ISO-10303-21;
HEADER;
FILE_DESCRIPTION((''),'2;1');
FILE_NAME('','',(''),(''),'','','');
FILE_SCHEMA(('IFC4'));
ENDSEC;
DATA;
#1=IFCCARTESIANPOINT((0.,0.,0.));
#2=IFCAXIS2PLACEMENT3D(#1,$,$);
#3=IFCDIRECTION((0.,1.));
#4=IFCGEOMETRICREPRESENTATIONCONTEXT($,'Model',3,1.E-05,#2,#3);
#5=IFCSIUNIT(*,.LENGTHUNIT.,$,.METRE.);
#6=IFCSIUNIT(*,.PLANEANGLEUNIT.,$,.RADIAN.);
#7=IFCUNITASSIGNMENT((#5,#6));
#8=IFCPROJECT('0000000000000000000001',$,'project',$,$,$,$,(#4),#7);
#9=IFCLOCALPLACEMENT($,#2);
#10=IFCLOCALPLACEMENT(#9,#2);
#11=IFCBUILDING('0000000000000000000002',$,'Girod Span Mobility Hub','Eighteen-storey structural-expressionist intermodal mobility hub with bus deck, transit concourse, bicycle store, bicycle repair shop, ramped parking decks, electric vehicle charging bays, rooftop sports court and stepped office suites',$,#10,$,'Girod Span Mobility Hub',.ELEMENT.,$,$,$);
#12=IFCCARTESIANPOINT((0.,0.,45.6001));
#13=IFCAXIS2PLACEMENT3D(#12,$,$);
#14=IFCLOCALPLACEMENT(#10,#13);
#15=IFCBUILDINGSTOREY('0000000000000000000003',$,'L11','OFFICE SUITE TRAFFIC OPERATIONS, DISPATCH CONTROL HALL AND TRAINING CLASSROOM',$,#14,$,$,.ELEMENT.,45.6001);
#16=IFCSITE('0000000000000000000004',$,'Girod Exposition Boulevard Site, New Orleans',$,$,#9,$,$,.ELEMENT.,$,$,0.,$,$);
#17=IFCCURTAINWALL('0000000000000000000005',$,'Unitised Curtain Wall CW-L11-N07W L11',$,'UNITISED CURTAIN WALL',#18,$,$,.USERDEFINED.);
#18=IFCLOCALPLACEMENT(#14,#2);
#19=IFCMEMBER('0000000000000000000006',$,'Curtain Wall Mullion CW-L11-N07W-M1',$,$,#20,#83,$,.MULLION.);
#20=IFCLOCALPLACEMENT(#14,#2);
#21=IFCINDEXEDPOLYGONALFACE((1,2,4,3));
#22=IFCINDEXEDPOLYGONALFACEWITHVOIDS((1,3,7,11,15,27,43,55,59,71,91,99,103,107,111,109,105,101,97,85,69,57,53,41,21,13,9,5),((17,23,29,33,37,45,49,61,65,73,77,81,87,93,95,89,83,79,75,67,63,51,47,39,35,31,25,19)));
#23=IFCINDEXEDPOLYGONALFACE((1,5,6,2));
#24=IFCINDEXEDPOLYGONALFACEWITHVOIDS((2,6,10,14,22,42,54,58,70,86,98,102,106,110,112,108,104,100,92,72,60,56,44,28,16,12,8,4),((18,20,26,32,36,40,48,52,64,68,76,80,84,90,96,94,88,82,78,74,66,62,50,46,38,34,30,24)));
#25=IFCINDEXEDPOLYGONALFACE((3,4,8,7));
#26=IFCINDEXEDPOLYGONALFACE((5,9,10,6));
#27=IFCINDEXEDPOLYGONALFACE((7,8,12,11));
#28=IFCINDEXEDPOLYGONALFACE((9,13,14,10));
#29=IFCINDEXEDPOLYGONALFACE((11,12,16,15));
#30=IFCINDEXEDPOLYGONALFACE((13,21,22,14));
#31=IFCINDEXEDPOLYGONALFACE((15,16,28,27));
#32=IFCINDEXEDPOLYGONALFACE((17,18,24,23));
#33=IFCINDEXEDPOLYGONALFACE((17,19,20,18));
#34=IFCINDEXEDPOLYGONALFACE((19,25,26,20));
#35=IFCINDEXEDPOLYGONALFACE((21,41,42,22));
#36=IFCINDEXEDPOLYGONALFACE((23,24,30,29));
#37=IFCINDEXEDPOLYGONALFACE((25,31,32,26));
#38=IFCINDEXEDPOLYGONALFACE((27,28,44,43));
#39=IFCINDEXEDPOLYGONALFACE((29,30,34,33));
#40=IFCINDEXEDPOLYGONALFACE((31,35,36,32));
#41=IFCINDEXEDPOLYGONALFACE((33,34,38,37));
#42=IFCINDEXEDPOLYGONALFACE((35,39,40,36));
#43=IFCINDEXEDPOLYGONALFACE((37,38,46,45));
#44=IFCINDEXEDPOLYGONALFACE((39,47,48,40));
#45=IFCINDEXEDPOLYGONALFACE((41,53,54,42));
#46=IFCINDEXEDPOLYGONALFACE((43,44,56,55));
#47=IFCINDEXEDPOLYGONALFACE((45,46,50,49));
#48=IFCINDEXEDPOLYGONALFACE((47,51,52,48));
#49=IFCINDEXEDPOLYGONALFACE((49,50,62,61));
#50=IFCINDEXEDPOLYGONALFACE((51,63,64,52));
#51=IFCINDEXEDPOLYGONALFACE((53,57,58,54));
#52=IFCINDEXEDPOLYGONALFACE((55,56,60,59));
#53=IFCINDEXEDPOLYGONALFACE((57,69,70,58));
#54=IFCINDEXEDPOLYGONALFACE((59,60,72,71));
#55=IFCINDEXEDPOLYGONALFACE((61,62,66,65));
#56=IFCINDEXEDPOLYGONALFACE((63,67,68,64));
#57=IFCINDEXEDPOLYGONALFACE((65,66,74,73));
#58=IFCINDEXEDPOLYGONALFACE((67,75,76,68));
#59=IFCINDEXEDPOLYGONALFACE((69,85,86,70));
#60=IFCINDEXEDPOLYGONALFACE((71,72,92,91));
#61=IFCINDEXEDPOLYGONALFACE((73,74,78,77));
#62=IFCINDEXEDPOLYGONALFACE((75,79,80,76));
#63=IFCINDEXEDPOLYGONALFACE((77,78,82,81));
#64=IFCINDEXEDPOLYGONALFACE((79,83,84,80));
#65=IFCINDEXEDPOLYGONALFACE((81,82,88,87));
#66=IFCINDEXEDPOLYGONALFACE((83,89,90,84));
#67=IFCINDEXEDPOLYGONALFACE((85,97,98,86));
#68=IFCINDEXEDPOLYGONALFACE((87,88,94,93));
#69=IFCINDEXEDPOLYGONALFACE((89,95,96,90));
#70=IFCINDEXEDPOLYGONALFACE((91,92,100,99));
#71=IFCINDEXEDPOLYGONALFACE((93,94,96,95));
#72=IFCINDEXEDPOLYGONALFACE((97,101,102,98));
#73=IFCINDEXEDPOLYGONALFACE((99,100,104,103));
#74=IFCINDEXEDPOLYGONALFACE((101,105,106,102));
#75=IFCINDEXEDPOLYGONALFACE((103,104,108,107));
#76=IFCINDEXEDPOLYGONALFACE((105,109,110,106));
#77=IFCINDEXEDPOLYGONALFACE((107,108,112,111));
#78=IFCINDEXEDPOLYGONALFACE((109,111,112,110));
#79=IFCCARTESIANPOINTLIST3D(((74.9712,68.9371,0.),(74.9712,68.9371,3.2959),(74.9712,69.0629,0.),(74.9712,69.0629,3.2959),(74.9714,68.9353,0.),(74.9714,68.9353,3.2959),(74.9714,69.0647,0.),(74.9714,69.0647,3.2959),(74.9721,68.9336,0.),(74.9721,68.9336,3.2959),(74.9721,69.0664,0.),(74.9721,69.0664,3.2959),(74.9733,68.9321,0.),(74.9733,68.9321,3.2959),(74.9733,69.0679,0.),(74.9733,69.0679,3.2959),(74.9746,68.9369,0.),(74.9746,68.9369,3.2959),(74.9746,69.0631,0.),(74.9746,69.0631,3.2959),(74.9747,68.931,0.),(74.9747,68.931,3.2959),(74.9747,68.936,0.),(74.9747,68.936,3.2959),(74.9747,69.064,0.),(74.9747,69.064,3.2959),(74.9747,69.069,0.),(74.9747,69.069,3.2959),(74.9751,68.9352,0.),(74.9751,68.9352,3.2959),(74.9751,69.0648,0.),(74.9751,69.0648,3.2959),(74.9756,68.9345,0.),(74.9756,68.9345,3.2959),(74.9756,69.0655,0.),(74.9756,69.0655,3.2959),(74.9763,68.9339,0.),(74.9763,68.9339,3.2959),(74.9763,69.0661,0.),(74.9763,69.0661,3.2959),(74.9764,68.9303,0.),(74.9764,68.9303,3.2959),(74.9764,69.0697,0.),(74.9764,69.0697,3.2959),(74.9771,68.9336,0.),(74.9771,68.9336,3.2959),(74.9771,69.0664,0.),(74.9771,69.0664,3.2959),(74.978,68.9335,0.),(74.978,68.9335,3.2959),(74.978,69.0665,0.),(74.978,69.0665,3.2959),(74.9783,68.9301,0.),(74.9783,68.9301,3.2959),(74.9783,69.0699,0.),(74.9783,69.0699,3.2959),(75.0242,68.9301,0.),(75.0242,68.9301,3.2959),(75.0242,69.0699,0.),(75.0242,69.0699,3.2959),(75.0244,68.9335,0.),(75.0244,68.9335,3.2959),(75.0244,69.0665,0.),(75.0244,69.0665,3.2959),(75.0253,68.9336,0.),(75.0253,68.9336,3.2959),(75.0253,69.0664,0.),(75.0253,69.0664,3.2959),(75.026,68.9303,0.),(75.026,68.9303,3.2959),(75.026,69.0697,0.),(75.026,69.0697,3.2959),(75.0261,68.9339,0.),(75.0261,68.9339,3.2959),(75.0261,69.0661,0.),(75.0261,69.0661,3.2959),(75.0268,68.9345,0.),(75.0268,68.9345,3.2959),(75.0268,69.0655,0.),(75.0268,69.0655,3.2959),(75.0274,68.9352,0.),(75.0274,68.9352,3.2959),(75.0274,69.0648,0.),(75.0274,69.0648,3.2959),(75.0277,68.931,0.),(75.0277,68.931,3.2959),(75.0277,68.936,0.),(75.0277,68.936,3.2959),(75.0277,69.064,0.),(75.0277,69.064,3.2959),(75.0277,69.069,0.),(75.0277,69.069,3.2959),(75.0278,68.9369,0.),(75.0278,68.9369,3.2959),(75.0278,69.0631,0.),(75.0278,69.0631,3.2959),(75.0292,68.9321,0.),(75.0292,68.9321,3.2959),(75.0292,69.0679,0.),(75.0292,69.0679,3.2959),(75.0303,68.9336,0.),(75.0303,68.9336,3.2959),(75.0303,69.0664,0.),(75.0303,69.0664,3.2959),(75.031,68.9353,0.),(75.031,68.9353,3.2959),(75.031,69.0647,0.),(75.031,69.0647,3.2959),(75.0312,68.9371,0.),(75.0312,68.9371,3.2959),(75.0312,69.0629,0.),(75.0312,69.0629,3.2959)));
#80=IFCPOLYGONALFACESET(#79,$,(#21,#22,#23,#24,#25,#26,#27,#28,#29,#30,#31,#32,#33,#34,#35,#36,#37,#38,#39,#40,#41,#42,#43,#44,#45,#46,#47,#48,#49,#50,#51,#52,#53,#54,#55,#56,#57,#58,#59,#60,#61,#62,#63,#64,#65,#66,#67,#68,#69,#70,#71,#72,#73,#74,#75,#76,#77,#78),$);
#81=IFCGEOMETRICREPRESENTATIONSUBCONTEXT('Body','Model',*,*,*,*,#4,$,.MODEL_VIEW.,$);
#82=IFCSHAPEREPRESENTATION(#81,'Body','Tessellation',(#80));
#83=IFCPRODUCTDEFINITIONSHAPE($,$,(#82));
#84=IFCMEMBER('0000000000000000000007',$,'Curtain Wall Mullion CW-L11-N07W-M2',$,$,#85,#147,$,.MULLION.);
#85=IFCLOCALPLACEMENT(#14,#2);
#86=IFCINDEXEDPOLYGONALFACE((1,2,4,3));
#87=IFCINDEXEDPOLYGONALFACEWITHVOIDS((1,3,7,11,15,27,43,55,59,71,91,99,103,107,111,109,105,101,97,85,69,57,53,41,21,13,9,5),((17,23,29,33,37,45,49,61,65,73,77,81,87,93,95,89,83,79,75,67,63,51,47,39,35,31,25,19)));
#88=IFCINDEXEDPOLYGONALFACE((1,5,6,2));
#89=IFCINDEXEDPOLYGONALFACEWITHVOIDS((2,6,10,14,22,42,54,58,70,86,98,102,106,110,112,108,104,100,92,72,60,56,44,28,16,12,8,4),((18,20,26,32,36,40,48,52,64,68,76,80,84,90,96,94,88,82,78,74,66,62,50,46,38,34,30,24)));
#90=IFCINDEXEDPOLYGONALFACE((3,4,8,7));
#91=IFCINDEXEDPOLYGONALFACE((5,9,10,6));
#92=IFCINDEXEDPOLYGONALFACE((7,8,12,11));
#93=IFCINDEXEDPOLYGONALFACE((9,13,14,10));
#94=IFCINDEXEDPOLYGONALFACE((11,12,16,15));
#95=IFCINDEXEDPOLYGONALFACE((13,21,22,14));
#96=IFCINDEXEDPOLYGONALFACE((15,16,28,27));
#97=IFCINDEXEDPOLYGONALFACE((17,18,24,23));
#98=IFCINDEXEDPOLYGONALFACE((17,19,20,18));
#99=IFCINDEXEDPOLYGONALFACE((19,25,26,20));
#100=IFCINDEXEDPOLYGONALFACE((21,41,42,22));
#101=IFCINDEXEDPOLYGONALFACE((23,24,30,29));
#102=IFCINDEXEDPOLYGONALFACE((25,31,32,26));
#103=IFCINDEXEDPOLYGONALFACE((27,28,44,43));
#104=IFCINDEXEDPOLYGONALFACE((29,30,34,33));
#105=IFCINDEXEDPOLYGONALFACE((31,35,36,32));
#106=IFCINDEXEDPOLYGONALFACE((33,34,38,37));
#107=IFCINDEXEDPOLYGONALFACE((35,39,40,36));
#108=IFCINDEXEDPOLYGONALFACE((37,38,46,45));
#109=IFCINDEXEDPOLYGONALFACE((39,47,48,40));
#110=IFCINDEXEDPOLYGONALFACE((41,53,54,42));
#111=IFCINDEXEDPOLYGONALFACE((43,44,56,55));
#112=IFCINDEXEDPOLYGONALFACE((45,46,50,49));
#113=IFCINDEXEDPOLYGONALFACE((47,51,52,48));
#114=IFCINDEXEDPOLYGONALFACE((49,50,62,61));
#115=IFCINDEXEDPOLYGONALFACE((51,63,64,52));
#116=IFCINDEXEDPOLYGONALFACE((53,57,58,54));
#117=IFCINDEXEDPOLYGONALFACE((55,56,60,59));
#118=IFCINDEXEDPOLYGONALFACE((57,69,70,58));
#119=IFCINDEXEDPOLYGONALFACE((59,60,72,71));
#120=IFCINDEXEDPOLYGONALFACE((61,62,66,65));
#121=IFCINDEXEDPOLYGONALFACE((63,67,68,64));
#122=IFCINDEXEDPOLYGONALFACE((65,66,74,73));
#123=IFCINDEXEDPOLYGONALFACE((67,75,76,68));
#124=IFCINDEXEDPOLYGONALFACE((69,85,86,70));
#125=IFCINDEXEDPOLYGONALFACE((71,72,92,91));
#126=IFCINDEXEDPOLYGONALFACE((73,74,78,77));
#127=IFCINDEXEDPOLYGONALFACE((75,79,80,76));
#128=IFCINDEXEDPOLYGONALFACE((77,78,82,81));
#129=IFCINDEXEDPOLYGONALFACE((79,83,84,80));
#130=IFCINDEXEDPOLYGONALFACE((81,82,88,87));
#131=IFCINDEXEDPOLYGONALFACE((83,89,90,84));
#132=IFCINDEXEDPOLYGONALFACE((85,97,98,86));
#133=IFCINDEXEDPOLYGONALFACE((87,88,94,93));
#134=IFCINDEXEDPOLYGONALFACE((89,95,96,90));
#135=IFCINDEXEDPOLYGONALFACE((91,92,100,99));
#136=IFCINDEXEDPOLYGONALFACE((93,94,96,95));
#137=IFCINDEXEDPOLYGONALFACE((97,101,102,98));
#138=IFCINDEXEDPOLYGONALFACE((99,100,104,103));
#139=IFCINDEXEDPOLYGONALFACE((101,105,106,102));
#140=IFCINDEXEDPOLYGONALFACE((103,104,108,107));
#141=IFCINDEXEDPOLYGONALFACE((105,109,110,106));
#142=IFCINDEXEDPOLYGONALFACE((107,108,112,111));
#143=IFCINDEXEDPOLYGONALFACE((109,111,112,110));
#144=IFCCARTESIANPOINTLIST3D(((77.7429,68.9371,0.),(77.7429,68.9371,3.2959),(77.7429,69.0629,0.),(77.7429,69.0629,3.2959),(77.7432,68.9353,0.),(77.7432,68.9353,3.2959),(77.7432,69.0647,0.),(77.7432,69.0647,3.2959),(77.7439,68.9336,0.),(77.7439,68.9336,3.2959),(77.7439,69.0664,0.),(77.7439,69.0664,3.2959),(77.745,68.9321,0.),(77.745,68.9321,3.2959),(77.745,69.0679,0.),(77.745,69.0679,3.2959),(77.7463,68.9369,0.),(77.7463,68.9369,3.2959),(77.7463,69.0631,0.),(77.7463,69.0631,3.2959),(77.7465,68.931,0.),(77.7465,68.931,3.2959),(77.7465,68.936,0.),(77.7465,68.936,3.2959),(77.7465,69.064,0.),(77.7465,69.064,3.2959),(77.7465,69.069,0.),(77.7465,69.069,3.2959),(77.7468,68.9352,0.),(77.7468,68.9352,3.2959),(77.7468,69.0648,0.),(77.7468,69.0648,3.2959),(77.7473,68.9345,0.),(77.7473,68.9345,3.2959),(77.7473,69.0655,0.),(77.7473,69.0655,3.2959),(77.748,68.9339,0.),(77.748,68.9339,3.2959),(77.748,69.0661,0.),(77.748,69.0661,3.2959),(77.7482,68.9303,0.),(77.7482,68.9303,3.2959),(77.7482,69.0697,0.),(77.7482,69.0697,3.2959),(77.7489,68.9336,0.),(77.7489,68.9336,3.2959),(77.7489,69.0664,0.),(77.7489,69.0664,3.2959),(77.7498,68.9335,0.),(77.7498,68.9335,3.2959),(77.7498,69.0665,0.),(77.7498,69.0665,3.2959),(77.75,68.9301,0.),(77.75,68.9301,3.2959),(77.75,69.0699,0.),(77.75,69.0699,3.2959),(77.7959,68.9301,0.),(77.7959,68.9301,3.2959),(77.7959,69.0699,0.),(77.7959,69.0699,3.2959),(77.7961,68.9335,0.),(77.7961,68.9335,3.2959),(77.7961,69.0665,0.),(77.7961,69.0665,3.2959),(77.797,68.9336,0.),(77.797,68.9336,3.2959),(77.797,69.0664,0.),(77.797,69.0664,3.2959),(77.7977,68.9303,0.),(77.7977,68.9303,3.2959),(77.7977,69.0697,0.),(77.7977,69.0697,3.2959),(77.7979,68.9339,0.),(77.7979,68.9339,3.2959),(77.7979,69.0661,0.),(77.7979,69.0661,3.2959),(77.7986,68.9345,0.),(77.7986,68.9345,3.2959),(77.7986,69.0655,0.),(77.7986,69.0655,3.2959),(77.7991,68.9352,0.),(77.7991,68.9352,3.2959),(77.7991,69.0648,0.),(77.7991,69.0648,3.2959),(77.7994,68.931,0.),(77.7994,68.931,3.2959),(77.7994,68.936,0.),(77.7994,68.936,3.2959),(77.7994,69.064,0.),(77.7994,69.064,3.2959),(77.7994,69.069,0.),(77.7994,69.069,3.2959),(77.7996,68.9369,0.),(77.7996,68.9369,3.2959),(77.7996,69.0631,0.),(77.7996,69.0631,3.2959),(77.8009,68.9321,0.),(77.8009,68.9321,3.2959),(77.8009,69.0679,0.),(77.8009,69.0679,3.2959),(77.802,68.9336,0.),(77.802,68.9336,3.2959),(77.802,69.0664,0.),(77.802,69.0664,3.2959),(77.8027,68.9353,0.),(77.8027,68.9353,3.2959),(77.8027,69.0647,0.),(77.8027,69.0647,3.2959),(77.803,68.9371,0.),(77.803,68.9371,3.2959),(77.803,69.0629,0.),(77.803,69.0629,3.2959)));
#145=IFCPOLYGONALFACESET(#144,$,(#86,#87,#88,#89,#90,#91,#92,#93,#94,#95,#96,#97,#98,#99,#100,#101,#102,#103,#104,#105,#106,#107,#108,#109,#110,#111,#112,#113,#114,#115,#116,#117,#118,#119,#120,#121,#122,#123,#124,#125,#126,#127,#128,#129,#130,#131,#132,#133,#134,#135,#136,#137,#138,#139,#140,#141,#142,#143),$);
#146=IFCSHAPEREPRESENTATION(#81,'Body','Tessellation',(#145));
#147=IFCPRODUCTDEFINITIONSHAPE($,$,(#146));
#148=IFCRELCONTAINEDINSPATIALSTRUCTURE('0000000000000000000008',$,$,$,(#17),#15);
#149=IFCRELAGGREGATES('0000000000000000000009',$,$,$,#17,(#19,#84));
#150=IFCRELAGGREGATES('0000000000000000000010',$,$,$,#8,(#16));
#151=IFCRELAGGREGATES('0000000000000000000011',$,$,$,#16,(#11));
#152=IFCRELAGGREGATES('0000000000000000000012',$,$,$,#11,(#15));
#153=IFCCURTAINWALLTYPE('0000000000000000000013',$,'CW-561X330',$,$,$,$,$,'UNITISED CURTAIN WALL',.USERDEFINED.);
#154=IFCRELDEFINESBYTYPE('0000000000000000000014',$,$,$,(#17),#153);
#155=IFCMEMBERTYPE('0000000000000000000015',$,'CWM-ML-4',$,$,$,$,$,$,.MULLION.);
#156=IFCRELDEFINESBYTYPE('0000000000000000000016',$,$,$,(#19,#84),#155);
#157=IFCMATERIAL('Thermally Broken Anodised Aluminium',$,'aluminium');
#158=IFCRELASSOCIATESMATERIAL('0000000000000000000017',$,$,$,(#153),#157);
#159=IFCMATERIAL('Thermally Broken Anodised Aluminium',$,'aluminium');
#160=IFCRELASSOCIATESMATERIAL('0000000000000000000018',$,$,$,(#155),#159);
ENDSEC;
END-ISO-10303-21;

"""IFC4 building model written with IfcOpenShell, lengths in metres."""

from ifc_helpers import new_model, si_unit, direction, frame, origin, origin_2d, place, context, subcontext, project, spatial, hollow_rectangle, extrude, material, material_profile, profile_set, type_object, element, aggregate, save


model = new_model("IFC4")

# Units and contexts
model_context = context("Model", 3, precision=1e-05, world=origin(), true_north=direction((0.0, 1.0)))
body_context = subcontext(model_context, "Body", "Model", "MODEL_VIEW")
ifc_project = project(units=[si_unit("LENGTHUNIT", "METRE"), si_unit("PLANEANGLEUNIT", "RADIAN")], contexts=[model_context])

# Site, building, storey
site_placement = place(None, origin())
site = spatial("IfcSite", under=ifc_project, at=site_placement, Name="Girod Exposition Boulevard Site, New Orleans", CompositionType="ELEMENT", RefElevation=0.0)
building_placement = place(site_placement, origin())
building = spatial("IfcBuilding", under=site, at=building_placement, Name="Girod Span Mobility Hub", Description="Eighteen-storey structural-expressionist intermodal mobility hub with bus deck, transit concourse, bicycle store, bicycle repair shop, ramped parking decks, electric vehicle charging bays, rooftop sports court and stepped office suites", LongName="Girod Span Mobility Hub", CompositionType="ELEMENT")
storey_placement = place(building_placement, frame((0.0, 0.0, 45.6001)))
storey = spatial("IfcBuildingStorey", under=building, at=storey_placement, Name="L11", Description="OFFICE SUITE TRAFFIC OPERATIONS, DISPATCH CONTROL HALL AND TRAINING CLASSROOM", CompositionType="ELEMENT", Elevation=45.6001)

# Shared definitions
ifc_material_1 = material(Name="Thermally Broken Anodised Aluminium", Category="aluminium")
curtain_wall_type = type_object("IfcCurtainWallType", Name="CW-561X330", ElementType="UNITISED CURTAIN WALL", PredefinedType="USERDEFINED", material=ifc_material_1)
ifc_material_2 = material(Name="Thermally Broken Anodised Aluminium", Category="aluminium")
ifc_material_profile_1 = material_profile(ifc_material_2, hollow_rectangle(XDim=0.1399, YDim=0.0601, WallThickness=0.0034, InnerFilletRadius=0.0034, OuterFilletRadius=0.0071, at=origin_2d()), Name="CW-ML-60X140")
ifc_profile_set_1 = profile_set([ifc_material_profile_1], Name="Thermally Broken Anodised Aluminium")
member_type_1 = type_object("IfcMemberType", Name="CWM-ML-4", PredefinedType="MULLION", material=ifc_profile_set_1)

# Curtain wall, members
curtain_wall_1_placement = place(storey_placement, origin())
curtain_wall_1 = element("IfcCurtainWall", 1, at=curtain_wall_1_placement, inside=storey, type_object=curtain_wall_type, Name="Unitised Curtain Wall CW-L11-N07W L11", ObjectType="UNITISED CURTAIN WALL", PredefinedType="USERDEFINED")
member_1_placement = place(storey_placement, frame((75.0012, 69.0, 0.0), z_axis=(0.0, 0.0, 1.0), x_axis=(0.0, 1.0, 0.0)))
member_1 = element("IfcMember", 2, at=member_1_placement, type_object=member_type_1, Name="Curtain Wall Mullion CW-L11-N07W-M1", PredefinedType="MULLION", context=body_context, shape_type="SweptSolid", body=[
    extrude(hollow_rectangle(XDim=0.1399, YDim=0.0601, WallThickness=0.0034, InnerFilletRadius=0.0034, OuterFilletRadius=0.0071, at=origin_2d()), origin(), (0.0, 0.0, 1.0), 3.2959),
])
member_2_placement = place(storey_placement, frame((77.7729, 69.0, 0.0), z_axis=(0.0, 0.0, 1.0), x_axis=(0.0, 1.0, 0.0)))
member_2 = element("IfcMember", 3, at=member_2_placement, type_object=member_type_1, Name="Curtain Wall Mullion CW-L11-N07W-M2", PredefinedType="MULLION", context=body_context, shape_type="SweptSolid", body=[
    extrude(hollow_rectangle(XDim=0.1399, YDim=0.0601, WallThickness=0.0034, InnerFilletRadius=0.0034, OuterFilletRadius=0.0071, at=origin_2d()), origin(), (0.0, 0.0, 1.0), 3.2959),
])

aggregate(curtain_wall_1, [member_1, member_2])

save(model, "model.ifc")
